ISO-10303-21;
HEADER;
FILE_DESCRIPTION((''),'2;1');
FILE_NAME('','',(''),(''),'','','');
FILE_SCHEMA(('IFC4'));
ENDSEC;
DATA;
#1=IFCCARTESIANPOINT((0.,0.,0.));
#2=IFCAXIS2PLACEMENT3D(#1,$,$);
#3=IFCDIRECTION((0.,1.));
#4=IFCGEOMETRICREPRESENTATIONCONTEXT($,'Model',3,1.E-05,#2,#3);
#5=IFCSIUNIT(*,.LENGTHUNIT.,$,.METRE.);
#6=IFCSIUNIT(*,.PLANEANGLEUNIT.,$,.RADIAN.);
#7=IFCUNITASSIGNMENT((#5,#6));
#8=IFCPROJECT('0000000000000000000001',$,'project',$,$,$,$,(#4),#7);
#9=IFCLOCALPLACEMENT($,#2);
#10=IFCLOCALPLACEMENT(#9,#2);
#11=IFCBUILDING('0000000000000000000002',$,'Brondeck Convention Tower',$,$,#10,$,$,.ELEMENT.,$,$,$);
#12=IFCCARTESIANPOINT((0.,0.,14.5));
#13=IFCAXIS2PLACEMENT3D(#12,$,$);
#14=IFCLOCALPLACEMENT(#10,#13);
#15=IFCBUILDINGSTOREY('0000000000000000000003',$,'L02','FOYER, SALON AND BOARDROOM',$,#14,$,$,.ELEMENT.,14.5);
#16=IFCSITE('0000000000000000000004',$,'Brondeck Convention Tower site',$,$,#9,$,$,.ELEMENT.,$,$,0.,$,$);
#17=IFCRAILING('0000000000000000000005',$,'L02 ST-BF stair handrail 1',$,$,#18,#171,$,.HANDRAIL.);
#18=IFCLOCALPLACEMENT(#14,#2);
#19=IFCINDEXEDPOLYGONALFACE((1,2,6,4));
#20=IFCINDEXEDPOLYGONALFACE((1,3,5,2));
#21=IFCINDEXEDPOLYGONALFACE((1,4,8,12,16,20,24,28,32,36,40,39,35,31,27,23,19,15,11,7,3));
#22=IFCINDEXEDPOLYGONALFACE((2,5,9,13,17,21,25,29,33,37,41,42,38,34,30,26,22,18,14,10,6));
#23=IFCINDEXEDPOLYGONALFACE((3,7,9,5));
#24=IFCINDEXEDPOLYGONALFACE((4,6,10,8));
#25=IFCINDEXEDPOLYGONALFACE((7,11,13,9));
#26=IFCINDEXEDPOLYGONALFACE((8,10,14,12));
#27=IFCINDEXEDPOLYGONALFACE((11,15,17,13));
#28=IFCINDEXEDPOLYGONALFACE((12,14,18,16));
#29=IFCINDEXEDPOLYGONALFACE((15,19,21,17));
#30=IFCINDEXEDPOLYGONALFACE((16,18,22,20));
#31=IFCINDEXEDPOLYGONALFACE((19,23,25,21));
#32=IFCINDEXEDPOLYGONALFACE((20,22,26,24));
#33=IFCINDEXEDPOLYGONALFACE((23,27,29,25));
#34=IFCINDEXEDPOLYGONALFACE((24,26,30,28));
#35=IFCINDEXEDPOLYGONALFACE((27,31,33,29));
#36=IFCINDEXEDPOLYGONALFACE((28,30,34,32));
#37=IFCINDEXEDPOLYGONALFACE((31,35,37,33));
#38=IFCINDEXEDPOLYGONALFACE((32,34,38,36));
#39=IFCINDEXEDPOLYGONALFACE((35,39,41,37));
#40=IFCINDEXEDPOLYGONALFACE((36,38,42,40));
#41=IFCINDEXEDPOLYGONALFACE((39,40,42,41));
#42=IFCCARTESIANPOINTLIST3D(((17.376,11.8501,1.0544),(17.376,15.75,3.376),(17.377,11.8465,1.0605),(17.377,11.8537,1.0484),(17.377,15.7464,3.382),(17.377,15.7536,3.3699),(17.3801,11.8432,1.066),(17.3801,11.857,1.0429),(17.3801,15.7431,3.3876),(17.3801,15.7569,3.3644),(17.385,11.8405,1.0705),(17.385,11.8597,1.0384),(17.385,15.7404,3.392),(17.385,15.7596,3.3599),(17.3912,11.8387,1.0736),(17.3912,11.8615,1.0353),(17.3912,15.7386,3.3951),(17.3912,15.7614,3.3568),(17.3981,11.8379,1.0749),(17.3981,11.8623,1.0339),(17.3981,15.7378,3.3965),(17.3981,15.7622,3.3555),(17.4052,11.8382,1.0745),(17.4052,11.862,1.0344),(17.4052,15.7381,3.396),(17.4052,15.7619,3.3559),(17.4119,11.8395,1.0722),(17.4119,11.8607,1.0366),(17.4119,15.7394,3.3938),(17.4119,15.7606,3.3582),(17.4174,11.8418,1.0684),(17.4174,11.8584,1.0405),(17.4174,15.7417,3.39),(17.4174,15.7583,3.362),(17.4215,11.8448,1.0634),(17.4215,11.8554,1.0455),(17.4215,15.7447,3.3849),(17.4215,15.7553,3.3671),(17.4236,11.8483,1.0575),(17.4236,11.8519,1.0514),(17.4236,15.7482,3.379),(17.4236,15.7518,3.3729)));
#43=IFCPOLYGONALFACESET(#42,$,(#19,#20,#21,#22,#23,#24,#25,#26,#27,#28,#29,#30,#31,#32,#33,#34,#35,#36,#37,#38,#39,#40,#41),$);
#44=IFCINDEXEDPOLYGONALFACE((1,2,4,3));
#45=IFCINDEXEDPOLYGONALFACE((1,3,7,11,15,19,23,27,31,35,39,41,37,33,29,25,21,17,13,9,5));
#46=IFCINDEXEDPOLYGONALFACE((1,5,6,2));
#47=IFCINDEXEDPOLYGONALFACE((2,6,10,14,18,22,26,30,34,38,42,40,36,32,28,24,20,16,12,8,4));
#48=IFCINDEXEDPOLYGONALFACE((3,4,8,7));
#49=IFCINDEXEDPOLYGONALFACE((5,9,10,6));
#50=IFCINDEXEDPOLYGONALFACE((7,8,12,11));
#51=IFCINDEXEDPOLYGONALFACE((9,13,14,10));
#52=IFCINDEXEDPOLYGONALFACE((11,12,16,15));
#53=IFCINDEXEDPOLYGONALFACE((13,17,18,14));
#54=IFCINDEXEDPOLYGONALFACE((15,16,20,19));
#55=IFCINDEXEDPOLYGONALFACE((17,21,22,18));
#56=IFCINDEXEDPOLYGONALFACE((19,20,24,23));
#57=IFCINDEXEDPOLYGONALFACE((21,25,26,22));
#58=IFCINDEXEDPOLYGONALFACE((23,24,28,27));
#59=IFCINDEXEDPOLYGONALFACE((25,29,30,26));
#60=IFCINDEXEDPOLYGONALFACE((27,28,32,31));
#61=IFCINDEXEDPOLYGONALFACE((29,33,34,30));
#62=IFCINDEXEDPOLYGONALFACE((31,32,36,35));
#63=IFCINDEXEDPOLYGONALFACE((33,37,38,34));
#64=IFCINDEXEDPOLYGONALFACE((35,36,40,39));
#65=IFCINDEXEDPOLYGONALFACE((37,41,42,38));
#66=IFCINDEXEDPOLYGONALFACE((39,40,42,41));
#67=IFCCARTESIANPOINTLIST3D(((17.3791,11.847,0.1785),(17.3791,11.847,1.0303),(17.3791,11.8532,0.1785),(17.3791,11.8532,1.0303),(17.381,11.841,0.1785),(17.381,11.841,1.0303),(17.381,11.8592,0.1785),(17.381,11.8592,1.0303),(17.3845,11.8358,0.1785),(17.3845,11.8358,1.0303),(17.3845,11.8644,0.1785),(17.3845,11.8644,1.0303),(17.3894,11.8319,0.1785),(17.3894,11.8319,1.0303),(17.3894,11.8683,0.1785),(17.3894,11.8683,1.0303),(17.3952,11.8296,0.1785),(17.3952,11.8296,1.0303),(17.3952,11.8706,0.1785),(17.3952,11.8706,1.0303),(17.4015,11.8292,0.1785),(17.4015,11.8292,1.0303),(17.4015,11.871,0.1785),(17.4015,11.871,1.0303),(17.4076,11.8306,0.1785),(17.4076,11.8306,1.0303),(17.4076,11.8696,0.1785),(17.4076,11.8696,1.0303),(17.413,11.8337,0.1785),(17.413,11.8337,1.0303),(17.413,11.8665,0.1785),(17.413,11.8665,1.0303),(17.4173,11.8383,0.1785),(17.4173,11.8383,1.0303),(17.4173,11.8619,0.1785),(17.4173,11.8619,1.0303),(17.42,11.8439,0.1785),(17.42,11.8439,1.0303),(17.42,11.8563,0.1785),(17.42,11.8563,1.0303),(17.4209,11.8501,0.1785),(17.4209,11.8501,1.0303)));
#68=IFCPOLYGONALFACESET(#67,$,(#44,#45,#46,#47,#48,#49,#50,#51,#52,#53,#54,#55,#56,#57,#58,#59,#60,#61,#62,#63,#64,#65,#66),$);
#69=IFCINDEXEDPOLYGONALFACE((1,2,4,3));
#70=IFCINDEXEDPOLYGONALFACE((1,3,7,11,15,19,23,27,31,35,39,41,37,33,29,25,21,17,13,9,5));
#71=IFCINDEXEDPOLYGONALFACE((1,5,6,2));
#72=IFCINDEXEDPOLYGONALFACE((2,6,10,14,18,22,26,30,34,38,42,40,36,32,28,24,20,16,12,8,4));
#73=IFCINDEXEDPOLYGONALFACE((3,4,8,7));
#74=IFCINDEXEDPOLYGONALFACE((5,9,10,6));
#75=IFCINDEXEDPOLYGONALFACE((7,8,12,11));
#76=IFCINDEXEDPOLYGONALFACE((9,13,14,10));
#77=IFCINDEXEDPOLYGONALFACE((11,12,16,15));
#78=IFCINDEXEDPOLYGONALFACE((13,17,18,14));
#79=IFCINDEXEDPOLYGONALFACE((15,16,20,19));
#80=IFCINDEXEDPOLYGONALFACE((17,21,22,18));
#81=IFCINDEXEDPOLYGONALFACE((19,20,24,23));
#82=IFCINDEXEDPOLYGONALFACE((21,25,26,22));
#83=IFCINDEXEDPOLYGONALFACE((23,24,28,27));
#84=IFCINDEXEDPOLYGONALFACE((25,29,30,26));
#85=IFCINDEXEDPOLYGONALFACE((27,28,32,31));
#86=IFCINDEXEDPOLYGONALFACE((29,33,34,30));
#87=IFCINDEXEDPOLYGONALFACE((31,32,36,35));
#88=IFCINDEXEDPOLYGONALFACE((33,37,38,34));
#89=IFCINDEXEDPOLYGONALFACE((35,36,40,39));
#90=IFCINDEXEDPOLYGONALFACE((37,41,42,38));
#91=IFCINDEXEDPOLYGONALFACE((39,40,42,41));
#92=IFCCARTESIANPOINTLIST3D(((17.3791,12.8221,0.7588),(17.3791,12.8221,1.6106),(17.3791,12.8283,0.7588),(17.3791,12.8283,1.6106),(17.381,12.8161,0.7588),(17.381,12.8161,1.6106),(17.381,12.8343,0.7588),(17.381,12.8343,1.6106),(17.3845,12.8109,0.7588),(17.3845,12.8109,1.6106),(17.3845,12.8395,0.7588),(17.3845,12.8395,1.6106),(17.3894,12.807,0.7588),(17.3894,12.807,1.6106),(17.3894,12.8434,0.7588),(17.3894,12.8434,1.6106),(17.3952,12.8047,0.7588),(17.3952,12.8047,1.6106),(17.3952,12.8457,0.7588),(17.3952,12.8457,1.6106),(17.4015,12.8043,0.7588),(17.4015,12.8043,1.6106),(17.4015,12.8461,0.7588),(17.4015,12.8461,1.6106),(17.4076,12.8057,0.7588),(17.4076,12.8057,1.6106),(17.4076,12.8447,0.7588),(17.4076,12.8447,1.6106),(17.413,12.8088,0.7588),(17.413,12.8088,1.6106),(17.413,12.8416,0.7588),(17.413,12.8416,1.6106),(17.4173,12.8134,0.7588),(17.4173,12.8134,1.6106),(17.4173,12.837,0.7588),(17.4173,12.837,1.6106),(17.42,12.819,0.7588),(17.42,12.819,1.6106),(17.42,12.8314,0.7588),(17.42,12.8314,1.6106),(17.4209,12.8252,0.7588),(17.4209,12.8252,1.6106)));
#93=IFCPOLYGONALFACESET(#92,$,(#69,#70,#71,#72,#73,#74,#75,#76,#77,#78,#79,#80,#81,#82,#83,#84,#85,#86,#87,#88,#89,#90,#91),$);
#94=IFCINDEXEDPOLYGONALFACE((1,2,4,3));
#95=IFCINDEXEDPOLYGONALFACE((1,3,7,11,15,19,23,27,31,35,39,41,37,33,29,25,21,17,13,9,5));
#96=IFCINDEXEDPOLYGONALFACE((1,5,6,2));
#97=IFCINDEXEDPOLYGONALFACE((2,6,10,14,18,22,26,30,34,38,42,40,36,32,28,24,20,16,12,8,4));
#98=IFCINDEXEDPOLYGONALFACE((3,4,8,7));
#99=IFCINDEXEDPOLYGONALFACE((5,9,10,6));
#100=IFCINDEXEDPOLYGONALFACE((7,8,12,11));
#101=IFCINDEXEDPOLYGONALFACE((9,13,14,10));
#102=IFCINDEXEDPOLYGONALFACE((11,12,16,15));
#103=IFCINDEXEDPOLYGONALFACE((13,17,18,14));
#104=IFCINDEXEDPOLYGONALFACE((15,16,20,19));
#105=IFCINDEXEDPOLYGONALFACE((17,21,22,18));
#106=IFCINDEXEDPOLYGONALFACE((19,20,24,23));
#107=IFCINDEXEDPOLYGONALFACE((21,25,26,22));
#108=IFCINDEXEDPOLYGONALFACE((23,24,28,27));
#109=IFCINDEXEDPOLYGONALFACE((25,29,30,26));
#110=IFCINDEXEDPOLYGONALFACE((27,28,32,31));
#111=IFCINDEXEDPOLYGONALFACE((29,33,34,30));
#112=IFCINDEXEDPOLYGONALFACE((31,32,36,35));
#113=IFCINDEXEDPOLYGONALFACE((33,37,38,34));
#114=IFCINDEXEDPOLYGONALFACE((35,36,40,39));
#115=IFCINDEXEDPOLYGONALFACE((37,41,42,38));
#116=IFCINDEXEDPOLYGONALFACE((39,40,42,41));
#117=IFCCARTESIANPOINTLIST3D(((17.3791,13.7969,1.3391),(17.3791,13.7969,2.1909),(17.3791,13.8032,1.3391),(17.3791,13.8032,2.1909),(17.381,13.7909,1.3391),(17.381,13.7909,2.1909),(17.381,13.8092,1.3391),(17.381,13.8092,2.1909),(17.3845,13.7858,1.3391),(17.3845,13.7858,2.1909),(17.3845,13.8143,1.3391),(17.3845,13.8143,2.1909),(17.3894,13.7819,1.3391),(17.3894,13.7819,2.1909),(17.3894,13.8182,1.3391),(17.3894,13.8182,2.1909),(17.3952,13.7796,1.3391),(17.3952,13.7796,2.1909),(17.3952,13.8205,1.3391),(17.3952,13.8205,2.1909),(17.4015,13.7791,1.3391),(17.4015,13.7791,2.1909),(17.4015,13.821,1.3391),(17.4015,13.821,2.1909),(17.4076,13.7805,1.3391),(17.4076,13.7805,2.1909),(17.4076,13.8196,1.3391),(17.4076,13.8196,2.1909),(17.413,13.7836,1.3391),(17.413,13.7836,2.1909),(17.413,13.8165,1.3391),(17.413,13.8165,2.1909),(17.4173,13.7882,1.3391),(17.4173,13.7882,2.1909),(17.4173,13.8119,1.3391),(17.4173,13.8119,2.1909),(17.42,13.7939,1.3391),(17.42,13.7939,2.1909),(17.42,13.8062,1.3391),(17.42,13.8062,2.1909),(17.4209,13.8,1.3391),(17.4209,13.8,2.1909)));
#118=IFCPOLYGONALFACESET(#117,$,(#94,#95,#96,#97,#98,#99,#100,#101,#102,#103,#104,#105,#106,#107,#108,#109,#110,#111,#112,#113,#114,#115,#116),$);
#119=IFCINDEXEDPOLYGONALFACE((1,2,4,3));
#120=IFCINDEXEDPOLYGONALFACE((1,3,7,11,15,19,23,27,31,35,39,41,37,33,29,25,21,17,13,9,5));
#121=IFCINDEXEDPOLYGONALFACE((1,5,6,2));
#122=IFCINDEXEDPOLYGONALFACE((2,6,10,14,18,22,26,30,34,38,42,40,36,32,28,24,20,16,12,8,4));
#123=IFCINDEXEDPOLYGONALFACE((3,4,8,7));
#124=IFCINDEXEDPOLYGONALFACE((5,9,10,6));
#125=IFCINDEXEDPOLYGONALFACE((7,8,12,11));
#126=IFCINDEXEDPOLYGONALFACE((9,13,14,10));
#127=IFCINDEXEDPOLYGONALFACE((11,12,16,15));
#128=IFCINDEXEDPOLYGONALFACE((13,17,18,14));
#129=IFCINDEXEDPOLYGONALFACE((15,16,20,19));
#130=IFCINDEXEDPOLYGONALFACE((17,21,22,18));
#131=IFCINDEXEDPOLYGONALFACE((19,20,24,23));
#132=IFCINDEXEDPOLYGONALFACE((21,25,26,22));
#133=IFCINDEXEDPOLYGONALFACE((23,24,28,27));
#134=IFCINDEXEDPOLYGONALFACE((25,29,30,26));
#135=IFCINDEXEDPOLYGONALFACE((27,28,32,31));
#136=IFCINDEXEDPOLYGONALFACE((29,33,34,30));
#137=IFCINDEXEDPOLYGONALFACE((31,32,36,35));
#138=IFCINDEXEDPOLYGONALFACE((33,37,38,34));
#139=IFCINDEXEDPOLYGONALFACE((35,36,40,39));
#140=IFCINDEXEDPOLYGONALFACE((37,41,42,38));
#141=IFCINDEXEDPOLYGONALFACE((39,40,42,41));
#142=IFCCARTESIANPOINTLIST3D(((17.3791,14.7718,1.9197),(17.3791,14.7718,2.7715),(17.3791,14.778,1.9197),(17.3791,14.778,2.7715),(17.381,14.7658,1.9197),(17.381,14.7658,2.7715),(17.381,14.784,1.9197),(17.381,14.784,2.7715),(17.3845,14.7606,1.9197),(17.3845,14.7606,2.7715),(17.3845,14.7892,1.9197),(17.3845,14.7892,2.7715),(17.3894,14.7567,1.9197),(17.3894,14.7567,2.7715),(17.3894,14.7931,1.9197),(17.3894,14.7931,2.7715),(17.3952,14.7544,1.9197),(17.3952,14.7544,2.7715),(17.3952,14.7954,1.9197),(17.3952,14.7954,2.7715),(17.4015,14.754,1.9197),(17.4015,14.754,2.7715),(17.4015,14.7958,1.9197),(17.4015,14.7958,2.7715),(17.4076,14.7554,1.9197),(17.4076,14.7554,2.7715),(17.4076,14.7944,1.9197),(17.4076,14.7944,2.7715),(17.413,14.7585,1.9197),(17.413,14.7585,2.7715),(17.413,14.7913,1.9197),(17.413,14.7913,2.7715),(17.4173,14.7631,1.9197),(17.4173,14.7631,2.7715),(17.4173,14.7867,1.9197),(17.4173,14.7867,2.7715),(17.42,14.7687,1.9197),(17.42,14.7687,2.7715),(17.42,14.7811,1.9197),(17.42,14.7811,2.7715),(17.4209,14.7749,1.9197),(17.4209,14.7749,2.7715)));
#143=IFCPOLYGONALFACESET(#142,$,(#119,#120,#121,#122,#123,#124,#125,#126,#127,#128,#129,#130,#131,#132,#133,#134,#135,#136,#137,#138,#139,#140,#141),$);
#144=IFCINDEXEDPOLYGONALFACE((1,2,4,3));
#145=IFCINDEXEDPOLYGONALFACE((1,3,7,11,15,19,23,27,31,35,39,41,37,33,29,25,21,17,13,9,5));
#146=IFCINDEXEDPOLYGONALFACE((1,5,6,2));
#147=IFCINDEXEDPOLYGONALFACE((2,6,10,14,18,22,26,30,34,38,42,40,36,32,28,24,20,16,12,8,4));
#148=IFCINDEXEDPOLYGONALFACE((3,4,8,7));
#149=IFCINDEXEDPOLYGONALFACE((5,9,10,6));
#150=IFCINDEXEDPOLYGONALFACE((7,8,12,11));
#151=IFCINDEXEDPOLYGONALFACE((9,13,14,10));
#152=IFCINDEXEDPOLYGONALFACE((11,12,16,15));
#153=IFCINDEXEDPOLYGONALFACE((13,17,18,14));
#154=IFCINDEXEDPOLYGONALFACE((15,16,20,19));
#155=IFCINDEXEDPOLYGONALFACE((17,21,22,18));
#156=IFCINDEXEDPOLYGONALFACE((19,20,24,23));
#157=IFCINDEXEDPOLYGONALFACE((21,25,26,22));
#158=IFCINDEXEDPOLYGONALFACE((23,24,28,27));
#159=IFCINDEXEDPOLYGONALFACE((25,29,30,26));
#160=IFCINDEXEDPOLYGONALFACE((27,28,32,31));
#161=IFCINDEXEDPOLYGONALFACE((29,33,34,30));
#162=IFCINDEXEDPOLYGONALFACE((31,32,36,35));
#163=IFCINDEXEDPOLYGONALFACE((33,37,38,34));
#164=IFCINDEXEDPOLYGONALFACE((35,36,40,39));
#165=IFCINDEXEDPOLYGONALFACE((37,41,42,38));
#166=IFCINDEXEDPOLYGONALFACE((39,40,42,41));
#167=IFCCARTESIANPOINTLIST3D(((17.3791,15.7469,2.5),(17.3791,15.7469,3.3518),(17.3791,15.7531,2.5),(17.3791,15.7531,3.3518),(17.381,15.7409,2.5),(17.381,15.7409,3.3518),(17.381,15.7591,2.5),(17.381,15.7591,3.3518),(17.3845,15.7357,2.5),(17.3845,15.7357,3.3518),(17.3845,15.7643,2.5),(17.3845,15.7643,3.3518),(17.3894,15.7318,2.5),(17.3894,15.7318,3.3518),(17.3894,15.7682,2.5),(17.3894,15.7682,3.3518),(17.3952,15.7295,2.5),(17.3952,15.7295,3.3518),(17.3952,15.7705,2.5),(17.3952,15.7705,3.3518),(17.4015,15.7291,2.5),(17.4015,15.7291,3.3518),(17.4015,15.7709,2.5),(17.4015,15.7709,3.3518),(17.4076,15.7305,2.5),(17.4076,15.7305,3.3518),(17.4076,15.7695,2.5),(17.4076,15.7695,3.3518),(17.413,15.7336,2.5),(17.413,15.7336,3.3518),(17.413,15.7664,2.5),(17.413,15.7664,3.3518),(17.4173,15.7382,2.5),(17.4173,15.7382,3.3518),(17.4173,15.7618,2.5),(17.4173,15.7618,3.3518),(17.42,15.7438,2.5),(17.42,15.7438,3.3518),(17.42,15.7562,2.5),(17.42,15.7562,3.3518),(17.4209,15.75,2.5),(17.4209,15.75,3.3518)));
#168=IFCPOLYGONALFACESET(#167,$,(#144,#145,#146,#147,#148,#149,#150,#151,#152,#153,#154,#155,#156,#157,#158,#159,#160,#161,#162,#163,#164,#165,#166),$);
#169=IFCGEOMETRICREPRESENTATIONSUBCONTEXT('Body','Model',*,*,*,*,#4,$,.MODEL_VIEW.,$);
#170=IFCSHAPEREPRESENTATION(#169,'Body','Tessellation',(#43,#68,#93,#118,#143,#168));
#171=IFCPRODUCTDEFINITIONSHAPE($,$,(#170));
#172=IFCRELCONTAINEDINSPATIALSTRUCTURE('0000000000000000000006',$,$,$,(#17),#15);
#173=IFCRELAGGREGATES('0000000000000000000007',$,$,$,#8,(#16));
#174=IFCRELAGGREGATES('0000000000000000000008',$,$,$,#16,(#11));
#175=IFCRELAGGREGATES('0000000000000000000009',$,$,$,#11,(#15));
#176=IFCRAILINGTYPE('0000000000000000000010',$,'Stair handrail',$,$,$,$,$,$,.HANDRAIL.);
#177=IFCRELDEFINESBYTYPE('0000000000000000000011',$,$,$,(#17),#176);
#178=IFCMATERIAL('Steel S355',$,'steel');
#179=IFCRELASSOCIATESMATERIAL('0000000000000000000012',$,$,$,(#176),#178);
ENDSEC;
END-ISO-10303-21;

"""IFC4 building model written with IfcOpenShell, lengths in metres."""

from ifc_helpers import new_model, si_unit, direction, frame, origin, origin_2d, place, context, subcontext, project, spatial, circle, extrude, material, type_object, element, save


model = new_model("IFC4")

# Units and contexts
model_context = context("Model", 3, precision=1e-05, world=origin(), true_north=direction((0.0, 1.0)))
body_context = subcontext(model_context, "Body", "Model", "MODEL_VIEW")
ifc_project = project(units=[si_unit("LENGTHUNIT", "METRE"), si_unit("PLANEANGLEUNIT", "RADIAN")], contexts=[model_context])

# Site, building, storey
site_placement = place(None, origin())
site = spatial("IfcSite", under=ifc_project, at=site_placement, Name="Brondeck Convention Tower site", CompositionType="ELEMENT", RefElevation=0.0)
building_placement = place(site_placement, origin())
building = spatial("IfcBuilding", under=site, at=building_placement, Name="Brondeck Convention Tower", CompositionType="ELEMENT")
storey_placement = place(building_placement, frame((0.0, 0.0, 14.5)))
storey = spatial("IfcBuildingStorey", under=building, at=storey_placement, Name="L02", Description="FOYER, SALON AND BOARDROOM", CompositionType="ELEMENT", Elevation=14.5)

# Shared definitions
ifc_material_1 = material(Name="Steel S355", Category="steel")

# Railing
railing_type_1 = type_object("IfcRailingType", Name="Stair handrail", PredefinedType="HANDRAIL", material=ifc_material_1)
for number, where, name in (
    (1, (17.3999, 11.8501, 0.1785), "L02 ST-BF stair handrail 1"),
):
    element("IfcRailing", number, at=place(storey_placement, frame(where)), inside=storey, type_object=railing_type_1, Name=name, PredefinedType="HANDRAIL", context=body_context, shape_type="SweptSolid", body=[
        extrude(circle(Radius=0.0239, at=origin_2d()), frame((0.0, 0.0, 0.876), z_axis=(0.0, 0.859277, 0.51151), x_axis=(-1.0, 0.0, 0.0)), (0.0, 0.0, 1.0), 4.5386),
        extrude(circle(Radius=0.021, at=origin_2d()), origin(), (0.0, 0.0, 1.0), 0.8518),
        extrude(circle(Radius=0.021, at=origin_2d()), frame((0.0, 0.9751, 0.5803)), (0.0, 0.0, 1.0), 0.8518),
        extrude(circle(Radius=0.021, at=origin_2d()), frame((0.0, 1.95, 1.1606)), (0.0, 0.0, 1.0), 0.8518),
        extrude(circle(Radius=0.021, at=origin_2d()), frame((0.0, 2.9248, 1.7412)), (0.0, 0.0, 1.0), 0.8518),
        extrude(circle(Radius=0.021, at=origin_2d()), frame((0.0, 3.8999, 2.3215)), (0.0, 0.0, 1.0), 0.8518),
    ])

save(model, "model.ifc")
